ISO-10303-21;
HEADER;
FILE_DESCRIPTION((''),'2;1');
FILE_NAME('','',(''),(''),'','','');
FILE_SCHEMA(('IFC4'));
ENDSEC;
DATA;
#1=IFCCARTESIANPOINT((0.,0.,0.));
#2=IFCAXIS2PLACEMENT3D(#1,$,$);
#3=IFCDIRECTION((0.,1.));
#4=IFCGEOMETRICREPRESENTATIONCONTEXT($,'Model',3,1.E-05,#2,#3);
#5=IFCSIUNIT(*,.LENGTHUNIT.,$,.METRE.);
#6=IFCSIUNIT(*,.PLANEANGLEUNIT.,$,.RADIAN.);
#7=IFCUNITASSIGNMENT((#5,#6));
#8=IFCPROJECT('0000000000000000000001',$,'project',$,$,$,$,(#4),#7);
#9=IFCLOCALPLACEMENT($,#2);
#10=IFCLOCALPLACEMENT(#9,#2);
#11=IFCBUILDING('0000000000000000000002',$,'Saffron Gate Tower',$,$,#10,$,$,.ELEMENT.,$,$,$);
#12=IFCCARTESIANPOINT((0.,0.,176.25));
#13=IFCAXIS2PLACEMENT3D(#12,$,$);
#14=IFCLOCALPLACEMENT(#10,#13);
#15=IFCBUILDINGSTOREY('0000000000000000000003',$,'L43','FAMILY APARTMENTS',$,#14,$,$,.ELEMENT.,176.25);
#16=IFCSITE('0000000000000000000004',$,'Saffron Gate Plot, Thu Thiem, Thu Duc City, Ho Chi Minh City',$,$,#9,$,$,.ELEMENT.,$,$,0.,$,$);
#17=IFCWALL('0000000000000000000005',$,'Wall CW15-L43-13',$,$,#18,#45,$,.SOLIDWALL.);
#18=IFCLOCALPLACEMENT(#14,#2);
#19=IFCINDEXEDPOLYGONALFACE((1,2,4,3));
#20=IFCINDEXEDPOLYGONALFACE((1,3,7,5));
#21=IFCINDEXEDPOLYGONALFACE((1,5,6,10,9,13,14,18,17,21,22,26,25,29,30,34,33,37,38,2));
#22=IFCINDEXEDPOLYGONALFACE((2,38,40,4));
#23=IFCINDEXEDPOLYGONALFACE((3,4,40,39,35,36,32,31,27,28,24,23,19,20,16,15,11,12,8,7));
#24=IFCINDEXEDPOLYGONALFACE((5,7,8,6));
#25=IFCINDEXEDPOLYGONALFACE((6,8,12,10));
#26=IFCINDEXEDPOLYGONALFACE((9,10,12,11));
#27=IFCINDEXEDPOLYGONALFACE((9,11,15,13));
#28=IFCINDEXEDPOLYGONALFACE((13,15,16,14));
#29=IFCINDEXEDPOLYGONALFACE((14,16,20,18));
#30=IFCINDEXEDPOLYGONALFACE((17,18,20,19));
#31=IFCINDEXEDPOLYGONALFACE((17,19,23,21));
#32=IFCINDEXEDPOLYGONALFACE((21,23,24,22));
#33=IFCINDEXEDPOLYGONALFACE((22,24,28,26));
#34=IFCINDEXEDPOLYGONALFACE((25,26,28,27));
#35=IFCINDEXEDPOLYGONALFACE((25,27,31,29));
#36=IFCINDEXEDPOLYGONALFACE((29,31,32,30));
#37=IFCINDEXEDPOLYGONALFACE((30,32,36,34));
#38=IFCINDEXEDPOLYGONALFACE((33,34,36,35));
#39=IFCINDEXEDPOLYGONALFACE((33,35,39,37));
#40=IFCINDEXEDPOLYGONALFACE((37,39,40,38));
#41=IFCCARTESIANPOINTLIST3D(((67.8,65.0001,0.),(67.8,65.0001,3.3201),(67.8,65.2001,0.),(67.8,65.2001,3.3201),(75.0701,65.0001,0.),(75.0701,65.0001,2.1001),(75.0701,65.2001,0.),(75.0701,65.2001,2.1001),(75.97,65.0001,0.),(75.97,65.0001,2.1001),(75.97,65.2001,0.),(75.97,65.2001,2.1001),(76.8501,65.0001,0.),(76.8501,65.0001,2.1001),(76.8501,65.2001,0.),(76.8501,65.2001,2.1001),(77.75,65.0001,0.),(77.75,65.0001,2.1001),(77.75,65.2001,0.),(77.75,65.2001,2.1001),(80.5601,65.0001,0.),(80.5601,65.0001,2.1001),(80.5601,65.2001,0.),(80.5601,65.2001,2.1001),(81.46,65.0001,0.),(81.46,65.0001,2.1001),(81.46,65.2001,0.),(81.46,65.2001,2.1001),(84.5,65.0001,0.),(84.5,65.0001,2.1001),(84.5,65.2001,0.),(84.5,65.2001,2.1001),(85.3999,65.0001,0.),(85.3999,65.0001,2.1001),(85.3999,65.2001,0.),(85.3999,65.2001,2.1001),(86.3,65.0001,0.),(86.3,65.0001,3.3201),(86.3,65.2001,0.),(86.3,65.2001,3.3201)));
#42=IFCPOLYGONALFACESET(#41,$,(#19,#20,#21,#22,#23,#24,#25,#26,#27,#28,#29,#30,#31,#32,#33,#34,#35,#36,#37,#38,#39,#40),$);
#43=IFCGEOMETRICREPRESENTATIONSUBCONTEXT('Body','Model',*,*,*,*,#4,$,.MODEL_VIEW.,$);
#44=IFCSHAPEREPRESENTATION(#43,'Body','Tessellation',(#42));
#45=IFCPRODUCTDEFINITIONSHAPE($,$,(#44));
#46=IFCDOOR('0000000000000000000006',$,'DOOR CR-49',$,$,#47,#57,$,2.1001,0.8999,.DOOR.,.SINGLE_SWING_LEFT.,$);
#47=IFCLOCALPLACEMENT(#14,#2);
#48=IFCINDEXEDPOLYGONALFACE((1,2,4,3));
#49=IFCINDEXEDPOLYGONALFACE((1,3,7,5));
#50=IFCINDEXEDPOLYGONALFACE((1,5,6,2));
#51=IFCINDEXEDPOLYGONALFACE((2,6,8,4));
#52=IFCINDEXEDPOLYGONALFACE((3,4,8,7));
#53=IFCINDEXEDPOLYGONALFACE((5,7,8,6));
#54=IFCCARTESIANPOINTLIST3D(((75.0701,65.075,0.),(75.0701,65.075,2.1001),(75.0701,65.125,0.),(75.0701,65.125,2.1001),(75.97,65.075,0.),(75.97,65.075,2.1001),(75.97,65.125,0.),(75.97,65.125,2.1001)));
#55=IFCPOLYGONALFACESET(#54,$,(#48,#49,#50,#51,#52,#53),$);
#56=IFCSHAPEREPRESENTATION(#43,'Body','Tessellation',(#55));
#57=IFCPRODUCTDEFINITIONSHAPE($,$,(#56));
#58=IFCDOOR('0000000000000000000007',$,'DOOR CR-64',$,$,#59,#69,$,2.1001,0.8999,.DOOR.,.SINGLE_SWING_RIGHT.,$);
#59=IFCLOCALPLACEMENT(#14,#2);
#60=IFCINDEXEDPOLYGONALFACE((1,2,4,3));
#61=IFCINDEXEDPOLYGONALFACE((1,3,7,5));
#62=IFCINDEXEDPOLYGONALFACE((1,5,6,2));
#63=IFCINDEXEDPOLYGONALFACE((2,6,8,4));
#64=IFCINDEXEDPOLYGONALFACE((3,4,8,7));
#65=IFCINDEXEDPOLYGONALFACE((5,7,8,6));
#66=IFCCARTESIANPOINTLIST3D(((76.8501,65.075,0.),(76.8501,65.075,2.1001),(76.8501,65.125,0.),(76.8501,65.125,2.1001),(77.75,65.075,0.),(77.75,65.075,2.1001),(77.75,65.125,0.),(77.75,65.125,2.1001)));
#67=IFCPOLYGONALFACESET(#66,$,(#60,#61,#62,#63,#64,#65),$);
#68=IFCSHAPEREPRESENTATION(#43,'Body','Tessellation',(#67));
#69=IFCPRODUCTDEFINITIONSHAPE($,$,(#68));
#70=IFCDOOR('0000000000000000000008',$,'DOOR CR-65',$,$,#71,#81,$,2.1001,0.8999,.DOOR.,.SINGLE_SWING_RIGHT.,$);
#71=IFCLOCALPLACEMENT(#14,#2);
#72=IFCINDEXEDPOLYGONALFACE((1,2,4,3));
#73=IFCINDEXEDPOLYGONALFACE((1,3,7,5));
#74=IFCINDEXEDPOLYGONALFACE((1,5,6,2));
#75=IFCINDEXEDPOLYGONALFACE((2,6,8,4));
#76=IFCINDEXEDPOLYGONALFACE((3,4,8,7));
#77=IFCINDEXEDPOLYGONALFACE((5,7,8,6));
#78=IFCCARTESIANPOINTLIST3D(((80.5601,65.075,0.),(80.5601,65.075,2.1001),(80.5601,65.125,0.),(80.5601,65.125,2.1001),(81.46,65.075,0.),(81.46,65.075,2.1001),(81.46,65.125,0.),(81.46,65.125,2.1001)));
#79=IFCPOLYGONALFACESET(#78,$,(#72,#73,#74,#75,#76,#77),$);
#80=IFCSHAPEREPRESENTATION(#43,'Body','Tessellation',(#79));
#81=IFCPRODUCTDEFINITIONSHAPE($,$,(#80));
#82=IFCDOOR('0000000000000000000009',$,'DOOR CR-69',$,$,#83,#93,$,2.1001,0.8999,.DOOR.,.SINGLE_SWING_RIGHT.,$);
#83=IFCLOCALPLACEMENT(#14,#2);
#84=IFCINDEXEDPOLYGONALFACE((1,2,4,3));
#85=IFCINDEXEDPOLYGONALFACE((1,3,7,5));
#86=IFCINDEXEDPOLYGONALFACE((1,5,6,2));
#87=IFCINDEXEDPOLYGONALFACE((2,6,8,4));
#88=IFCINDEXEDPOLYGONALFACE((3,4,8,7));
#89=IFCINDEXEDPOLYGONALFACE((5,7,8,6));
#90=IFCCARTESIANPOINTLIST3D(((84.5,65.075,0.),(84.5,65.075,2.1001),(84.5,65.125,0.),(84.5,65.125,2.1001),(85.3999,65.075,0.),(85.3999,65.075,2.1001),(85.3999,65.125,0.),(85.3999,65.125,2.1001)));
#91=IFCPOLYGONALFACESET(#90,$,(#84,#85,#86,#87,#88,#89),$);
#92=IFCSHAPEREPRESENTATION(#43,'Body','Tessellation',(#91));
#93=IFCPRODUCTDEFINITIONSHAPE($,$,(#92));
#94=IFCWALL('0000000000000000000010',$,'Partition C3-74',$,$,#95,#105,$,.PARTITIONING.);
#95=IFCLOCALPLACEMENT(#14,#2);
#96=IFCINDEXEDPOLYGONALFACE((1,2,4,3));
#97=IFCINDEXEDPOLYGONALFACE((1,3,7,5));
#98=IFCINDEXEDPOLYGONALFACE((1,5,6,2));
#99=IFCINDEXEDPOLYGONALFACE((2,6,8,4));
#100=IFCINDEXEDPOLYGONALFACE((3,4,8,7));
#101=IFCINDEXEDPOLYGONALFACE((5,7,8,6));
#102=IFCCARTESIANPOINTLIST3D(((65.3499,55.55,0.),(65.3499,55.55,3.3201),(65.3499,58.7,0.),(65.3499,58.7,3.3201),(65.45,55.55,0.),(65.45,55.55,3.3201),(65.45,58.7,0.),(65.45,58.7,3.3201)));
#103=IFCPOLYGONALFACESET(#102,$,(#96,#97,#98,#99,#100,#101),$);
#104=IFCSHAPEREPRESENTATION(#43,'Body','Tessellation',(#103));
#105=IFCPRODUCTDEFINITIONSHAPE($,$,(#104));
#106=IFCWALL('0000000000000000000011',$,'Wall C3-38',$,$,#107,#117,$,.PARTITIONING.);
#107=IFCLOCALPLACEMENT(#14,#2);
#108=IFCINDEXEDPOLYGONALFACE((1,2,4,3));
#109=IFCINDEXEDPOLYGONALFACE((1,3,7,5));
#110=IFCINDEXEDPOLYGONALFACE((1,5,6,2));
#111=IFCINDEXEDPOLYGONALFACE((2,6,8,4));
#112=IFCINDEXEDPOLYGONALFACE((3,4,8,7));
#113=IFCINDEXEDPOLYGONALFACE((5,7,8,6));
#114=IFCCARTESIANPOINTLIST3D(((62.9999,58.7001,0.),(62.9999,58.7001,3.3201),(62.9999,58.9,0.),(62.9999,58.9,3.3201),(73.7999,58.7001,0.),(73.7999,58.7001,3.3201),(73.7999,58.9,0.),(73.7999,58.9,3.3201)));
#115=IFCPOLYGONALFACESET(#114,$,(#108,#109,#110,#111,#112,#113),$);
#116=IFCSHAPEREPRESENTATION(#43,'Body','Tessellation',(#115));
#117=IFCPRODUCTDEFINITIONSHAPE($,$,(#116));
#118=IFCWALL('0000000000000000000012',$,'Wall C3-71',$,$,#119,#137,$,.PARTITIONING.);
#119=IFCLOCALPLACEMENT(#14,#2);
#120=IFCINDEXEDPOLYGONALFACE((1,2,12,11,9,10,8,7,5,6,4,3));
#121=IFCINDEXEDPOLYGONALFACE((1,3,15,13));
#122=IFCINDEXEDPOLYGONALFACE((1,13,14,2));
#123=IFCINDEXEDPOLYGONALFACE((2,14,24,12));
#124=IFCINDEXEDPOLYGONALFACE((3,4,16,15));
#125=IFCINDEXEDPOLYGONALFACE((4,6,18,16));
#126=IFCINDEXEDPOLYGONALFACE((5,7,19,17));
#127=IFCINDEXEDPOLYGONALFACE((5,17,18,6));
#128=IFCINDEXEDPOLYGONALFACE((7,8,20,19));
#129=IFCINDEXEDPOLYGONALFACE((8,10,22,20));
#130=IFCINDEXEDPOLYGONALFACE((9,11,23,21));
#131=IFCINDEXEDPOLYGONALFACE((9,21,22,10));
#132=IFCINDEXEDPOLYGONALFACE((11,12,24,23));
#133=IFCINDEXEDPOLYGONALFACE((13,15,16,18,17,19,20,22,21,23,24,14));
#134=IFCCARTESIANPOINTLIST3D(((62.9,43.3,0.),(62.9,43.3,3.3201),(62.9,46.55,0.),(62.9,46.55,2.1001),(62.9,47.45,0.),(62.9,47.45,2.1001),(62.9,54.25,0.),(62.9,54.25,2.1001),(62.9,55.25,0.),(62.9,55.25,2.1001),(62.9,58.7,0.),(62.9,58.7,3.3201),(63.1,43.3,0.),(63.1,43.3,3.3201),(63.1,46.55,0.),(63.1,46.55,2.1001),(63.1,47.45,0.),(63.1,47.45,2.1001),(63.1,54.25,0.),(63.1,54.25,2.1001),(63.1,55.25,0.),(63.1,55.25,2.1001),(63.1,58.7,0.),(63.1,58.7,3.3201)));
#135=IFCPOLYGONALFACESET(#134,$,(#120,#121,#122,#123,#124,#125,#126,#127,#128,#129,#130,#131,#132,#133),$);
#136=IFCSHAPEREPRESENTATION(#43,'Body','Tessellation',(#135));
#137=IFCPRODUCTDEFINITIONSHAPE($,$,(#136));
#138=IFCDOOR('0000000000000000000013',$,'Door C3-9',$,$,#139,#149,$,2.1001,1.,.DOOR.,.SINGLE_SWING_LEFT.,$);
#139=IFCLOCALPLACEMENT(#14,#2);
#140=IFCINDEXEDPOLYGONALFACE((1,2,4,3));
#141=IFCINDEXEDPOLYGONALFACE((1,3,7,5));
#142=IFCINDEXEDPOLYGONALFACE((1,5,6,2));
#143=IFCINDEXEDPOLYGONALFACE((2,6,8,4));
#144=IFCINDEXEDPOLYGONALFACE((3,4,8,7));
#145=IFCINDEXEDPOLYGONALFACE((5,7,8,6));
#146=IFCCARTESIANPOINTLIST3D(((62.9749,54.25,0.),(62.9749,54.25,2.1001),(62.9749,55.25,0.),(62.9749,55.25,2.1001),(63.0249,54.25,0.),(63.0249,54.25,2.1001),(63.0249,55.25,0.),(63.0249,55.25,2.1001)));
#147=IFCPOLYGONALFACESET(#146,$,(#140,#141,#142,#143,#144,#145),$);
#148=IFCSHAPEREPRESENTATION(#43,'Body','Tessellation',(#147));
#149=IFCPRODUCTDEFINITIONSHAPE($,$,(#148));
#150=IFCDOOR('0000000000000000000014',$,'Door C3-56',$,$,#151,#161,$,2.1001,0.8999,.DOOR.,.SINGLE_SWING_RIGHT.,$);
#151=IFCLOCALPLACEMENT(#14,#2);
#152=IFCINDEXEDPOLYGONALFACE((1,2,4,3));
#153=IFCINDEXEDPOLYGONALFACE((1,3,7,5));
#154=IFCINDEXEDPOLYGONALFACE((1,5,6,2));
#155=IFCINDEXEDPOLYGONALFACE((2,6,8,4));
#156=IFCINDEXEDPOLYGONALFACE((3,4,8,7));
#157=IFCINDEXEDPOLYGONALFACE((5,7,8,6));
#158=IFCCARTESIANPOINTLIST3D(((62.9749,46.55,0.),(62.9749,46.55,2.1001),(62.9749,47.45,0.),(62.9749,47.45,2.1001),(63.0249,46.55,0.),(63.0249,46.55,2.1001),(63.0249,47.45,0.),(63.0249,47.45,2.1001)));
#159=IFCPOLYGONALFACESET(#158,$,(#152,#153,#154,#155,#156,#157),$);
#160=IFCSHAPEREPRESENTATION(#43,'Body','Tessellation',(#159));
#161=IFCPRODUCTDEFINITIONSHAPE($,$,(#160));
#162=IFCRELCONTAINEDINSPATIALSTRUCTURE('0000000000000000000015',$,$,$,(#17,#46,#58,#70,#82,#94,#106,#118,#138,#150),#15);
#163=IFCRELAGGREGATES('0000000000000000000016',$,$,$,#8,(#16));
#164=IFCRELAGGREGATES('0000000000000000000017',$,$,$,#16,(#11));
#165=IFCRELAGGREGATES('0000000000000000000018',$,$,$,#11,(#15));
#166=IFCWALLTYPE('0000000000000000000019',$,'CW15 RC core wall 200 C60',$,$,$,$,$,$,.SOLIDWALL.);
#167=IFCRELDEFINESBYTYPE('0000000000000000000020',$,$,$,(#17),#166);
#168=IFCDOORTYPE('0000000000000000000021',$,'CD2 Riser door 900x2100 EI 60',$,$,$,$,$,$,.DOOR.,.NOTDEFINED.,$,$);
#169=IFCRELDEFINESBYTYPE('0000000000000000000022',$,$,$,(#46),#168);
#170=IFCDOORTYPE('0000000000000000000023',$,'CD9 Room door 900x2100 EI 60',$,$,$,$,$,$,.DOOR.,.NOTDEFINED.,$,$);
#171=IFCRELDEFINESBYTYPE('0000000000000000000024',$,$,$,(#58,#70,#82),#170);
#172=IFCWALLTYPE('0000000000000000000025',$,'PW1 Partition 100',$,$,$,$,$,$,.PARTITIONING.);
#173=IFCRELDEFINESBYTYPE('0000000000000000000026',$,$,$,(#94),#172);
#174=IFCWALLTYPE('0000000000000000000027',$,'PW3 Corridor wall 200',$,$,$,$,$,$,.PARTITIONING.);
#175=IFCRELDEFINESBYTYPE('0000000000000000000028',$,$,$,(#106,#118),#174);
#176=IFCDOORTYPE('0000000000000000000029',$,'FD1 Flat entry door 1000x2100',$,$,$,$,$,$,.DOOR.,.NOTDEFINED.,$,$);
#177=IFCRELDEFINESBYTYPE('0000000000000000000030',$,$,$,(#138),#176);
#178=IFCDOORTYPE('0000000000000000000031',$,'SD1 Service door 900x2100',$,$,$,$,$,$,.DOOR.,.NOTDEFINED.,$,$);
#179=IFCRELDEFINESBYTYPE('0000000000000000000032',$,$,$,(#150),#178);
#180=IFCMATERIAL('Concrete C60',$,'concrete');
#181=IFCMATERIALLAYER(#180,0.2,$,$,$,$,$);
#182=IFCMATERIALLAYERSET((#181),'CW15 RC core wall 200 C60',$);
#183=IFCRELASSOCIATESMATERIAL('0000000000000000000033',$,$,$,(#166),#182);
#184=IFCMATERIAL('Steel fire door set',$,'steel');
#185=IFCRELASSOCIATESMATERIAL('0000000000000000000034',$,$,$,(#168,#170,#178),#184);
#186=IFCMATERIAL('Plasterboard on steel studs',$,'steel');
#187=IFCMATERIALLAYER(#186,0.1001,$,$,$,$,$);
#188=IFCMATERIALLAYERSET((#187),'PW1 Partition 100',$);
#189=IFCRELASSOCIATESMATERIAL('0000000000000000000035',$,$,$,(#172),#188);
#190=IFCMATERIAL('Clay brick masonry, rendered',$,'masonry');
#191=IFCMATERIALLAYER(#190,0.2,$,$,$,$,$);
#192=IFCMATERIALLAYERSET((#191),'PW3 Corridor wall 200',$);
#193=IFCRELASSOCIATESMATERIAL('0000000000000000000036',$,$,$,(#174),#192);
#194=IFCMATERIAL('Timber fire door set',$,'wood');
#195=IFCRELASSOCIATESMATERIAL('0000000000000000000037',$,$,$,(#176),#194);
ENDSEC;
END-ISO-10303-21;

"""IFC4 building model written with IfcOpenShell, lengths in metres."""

from ifc_helpers import new_model, si_unit, direction, frame, frame_2d, origin, place, context, subcontext, project, spatial, rectangle, extrude, material, layer, layer_set, type_object, element, fill, save


model = new_model("IFC4")

# Units and contexts
model_context = context("Model", 3, precision=1e-05, world=origin(), true_north=direction((0.0, 1.0)))
body_context = subcontext(model_context, "Body", "Model", "MODEL_VIEW")
ifc_project = project(units=[si_unit("LENGTHUNIT", "METRE"), si_unit("PLANEANGLEUNIT", "RADIAN")], contexts=[model_context])

# Site, building, storey
site_placement = place(None, origin())
site = spatial("IfcSite", under=ifc_project, at=site_placement, Name="Saffron Gate Plot, Thu Thiem, Thu Duc City, Ho Chi Minh City", CompositionType="ELEMENT", RefElevation=0.0)
building_placement = place(site_placement, origin())
building = spatial("IfcBuilding", under=site, at=building_placement, Name="Saffron Gate Tower", CompositionType="ELEMENT")
storey_placement = place(building_placement, frame((0.0, 0.0, 176.25)))
storey = spatial("IfcBuildingStorey", under=building, at=storey_placement, Name="L43", Description="FAMILY APARTMENTS", CompositionType="ELEMENT", Elevation=176.25)

# Shared definitions
ifc_material_1 = material(Name="Concrete C60", Category="concrete")
ifc_material_2 = material(Name="Steel fire door set", Category="steel")

# Wall, openings, doors
ifc_layer_1 = layer(ifc_material_1, 0.2)
ifc_layer_set_1 = layer_set([ifc_layer_1], Name="CW15 RC core wall 200 C60")
wall_type_1 = type_object("IfcWallType", Name="CW15 RC core wall 200 C60", PredefinedType="SOLIDWALL", material=ifc_layer_set_1)
wall_1_placement = place(storey_placement, frame((67.8, 65.1001, 0.0), z_axis=(0.0, 0.0, 1.0), x_axis=(1.0, 0.0, 0.0)))
wall_1 = element("IfcWall", 1, at=wall_1_placement, inside=storey, type_object=wall_type_1, Name="Wall CW15-L43-13", PredefinedType="SOLIDWALL", context=body_context, shape_type="SweptSolid", body=[
    extrude(rectangle(XDim=18.5, YDim=0.2, at=frame_2d((9.25, 0.0))), origin(), (0.0, 0.0, 1.0), 3.3201),
])
opening_1_placement = place(wall_1_placement, frame((7.27, 0.0, 0.0)))
opening_1 = element("IfcOpeningElement", 2, at=opening_1_placement, cuts=wall_1, PredefinedType="OPENING", context=body_context, shape_type="SweptSolid", body=[
    extrude(rectangle(XDim=0.8999, YDim=2.1001, at=frame_2d((0.45, 1.05))), frame((0.0, 0.1099, 0.0), z_axis=(0.0, -1.0, 0.0), x_axis=(1.0, 0.0, 0.0)), (0.0, 0.0, 1.0), 0.22),
])
opening_2_placement = place(wall_1_placement, frame((9.05, 0.0, 0.0)))
opening_2 = element("IfcOpeningElement", 3, at=opening_2_placement, cuts=wall_1, PredefinedType="OPENING", context=body_context, shape_type="SweptSolid", body=[
    extrude(rectangle(XDim=0.8999, YDim=2.1001, at=frame_2d((0.45, 1.05))), frame((0.0, 0.1099, 0.0), z_axis=(0.0, -1.0, 0.0), x_axis=(1.0, 0.0, 0.0)), (0.0, 0.0, 1.0), 0.22),
])
opening_3_placement = place(wall_1_placement, frame((12.76, 0.0, 0.0)))
opening_3 = element("IfcOpeningElement", 4, at=opening_3_placement, cuts=wall_1, PredefinedType="OPENING", context=body_context, shape_type="SweptSolid", body=[
    extrude(rectangle(XDim=0.8999, YDim=2.1001, at=frame_2d((0.45, 1.05))), frame((0.0, 0.1099, 0.0), z_axis=(0.0, -1.0, 0.0), x_axis=(1.0, 0.0, 0.0)), (0.0, 0.0, 1.0), 0.22),
])
opening_4_placement = place(wall_1_placement, frame((16.7, 0.0, 0.0)))
opening_4 = element("IfcOpeningElement", 5, at=opening_4_placement, cuts=wall_1, PredefinedType="OPENING", context=body_context, shape_type="SweptSolid", body=[
    extrude(rectangle(XDim=0.8999, YDim=2.1001, at=frame_2d((0.45, 1.05))), frame((0.0, 0.1099, 0.0), z_axis=(0.0, -1.0, 0.0), x_axis=(1.0, 0.0, 0.0)), (0.0, 0.0, 1.0), 0.22),
])
door_type_1 = type_object("IfcDoorType", Name="CD2 Riser door 900x2100 EI 60", OperationType="NOTDEFINED", PredefinedType="DOOR", material=ifc_material_2)
door_1_placement = place(opening_1_placement, origin())
door_1 = element("IfcDoor", 6, at=door_1_placement, inside=storey, type_object=door_type_1, Name="DOOR CR-49", OperationType="SINGLE_SWING_LEFT", OverallHeight=2.1001, OverallWidth=0.8999, PredefinedType="DOOR", context=body_context, shape_type="SweptSolid", body=[
    extrude(rectangle(XDim=0.8999, YDim=2.1001, at=frame_2d((0.45, 1.05))), frame((0.0, 0.0249, 0.0), z_axis=(0.0, -1.0, 0.0), x_axis=(1.0, 0.0, 0.0)), (0.0, 0.0, 1.0), 0.05),
])
fill(opening_1, door_1)
door_type_2 = type_object("IfcDoorType", Name="CD9 Room door 900x2100 EI 60", OperationType="NOTDEFINED", PredefinedType="DOOR", material=ifc_material_2)
door_2_placement = place(opening_2_placement, origin())
door_2 = element("IfcDoor", 7, at=door_2_placement, inside=storey, type_object=door_type_2, Name="DOOR CR-64", OperationType="SINGLE_SWING_RIGHT", OverallHeight=2.1001, OverallWidth=0.8999, PredefinedType="DOOR", context=body_context, shape_type="SweptSolid", body=[
    extrude(rectangle(XDim=0.8999, YDim=2.1001, at=frame_2d((0.45, 1.05))), frame((0.0, 0.0249, 0.0), z_axis=(0.0, -1.0, 0.0), x_axis=(1.0, 0.0, 0.0)), (0.0, 0.0, 1.0), 0.05),
])
fill(opening_2, door_2)
door_3_placement = place(opening_3_placement, origin())
door_3 = element("IfcDoor", 8, at=door_3_placement, inside=storey, type_object=door_type_2, Name="DOOR CR-65", OperationType="SINGLE_SWING_RIGHT", OverallHeight=2.1001, OverallWidth=0.8999, PredefinedType="DOOR", context=body_context, shape_type="SweptSolid", body=[
    extrude(rectangle(XDim=0.8999, YDim=2.1001, at=frame_2d((0.45, 1.05))), frame((0.0, 0.0249, 0.0), z_axis=(0.0, -1.0, 0.0), x_axis=(1.0, 0.0, 0.0)), (0.0, 0.0, 1.0), 0.05),
])
fill(opening_3, door_3)
door_4_placement = place(opening_4_placement, origin())
door_4 = element("IfcDoor", 9, at=door_4_placement, inside=storey, type_object=door_type_2, Name="DOOR CR-69", OperationType="SINGLE_SWING_RIGHT", OverallHeight=2.1001, OverallWidth=0.8999, PredefinedType="DOOR", context=body_context, shape_type="SweptSolid", body=[
    extrude(rectangle(XDim=0.8999, YDim=2.1001, at=frame_2d((0.45, 1.05))), frame((0.0, 0.0249, 0.0), z_axis=(0.0, -1.0, 0.0), x_axis=(1.0, 0.0, 0.0)), (0.0, 0.0, 1.0), 0.05),
])
fill(opening_4, door_4)

# Walls
ifc_material_3 = material(Name="Plasterboard on steel studs", Category="steel")
ifc_layer_2 = layer(ifc_material_3, 0.1001)
ifc_layer_set_2 = layer_set([ifc_layer_2], Name="PW1 Partition 100")
wall_type_2 = type_object("IfcWallType", Name="PW1 Partition 100", PredefinedType="PARTITIONING", material=ifc_layer_set_2)
wall_2_placement = place(storey_placement, frame((65.3999, 58.7, 0.0), z_axis=(0.0, 0.0, 1.0), x_axis=(0.0, -1.0, 0.0)))
element("IfcWall", 10, at=wall_2_placement, inside=storey, type_object=wall_type_2, Name="Partition C3-74", PredefinedType="PARTITIONING", context=body_context, shape_type="SweptSolid", body=[
    extrude(rectangle(XDim=3.1499, YDim=0.1001, at=frame_2d((1.575, 0.0))), origin(), (0.0, 0.0, 1.0), 3.3201),
])
ifc_material_4 = material(Name="Clay brick masonry, rendered", Category="masonry")
ifc_layer_3 = layer(ifc_material_4, 0.2)
ifc_layer_set_3 = layer_set([ifc_layer_3], Name="PW3 Corridor wall 200")
wall_type_3 = type_object("IfcWallType", Name="PW3 Corridor wall 200", PredefinedType="PARTITIONING", material=ifc_layer_set_3)
wall_3_placement = place(storey_placement, frame((63.0, 58.8, 0.0), z_axis=(0.0, 0.0, 1.0), x_axis=(1.0, 0.0, 0.0)))
element("IfcWall", 11, at=wall_3_placement, inside=storey, type_object=wall_type_3, Name="Wall C3-38", PredefinedType="PARTITIONING", context=body_context, shape_type="SweptSolid", body=[
    extrude(rectangle(XDim=10.8, YDim=0.2, at=frame_2d((5.3999, 0.0))), origin(), (0.0, 0.0, 1.0), 3.3201),
])

# Wall, openings, doors
wall_4_placement = place(storey_placement, frame((63.0, 58.7, 0.0), z_axis=(0.0, 0.0, 1.0), x_axis=(0.0, -1.0, 0.0)))
wall_4 = element("IfcWall", 12, at=wall_4_placement, inside=storey, type_object=wall_type_3, Name="Wall C3-71", PredefinedType="PARTITIONING", context=body_context, shape_type="SweptSolid", body=[
    extrude(rectangle(XDim=15.3999, YDim=0.2, at=frame_2d((7.7, 0.0))), origin(), (0.0, 0.0, 1.0), 3.3201),
])
opening_5_placement = place(wall_4_placement, frame((3.45, 0.0, 0.0)))
opening_5 = element("IfcOpeningElement", 13, at=opening_5_placement, cuts=wall_4, PredefinedType="OPENING", context=body_context, shape_type="SweptSolid", body=[
    extrude(rectangle(XDim=1.0, YDim=2.1001, at=frame_2d((0.5, 1.05))), frame((0.0, 0.1099, 0.0), z_axis=(0.0, -1.0, 0.0), x_axis=(1.0, 0.0, 0.0)), (0.0, 0.0, 1.0), 0.22),
])
opening_6_placement = place(wall_4_placement, frame((11.25, 0.0, 0.0)))
opening_6 = element("IfcOpeningElement", 14, at=opening_6_placement, cuts=wall_4, PredefinedType="OPENING", context=body_context, shape_type="SweptSolid", body=[
    extrude(rectangle(XDim=0.8999, YDim=2.1001, at=frame_2d((0.45, 1.05))), frame((0.0, 0.1099, 0.0), z_axis=(0.0, -1.0, 0.0), x_axis=(1.0, 0.0, 0.0)), (0.0, 0.0, 1.0), 0.22),
])
ifc_material_5 = material(Name="Timber fire door set", Category="wood")
door_type_3 = type_object("IfcDoorType", Name="FD1 Flat entry door 1000x2100", OperationType="NOTDEFINED", PredefinedType="DOOR", material=ifc_material_5)
door_5_placement = place(opening_5_placement, origin())
door_5 = element("IfcDoor", 15, at=door_5_placement, inside=storey, type_object=door_type_3, Name="Door C3-9", OperationType="SINGLE_SWING_LEFT", OverallHeight=2.1001, OverallWidth=1.0, PredefinedType="DOOR", context=body_context, shape_type="SweptSolid", body=[
    extrude(rectangle(XDim=1.0, YDim=2.1001, at=frame_2d((0.5, 1.05))), frame((0.0, 0.0249, 0.0), z_axis=(0.0, -1.0, 0.0), x_axis=(1.0, 0.0, 0.0)), (0.0, 0.0, 1.0), 0.05),
])
fill(opening_5, door_5)
door_type_4 = type_object("IfcDoorType", Name="SD1 Service door 900x2100", OperationType="NOTDEFINED", PredefinedType="DOOR", material=ifc_material_2)
door_6_placement = place(opening_6_placement, origin())
door_6 = element("IfcDoor", 16, at=door_6_placement, inside=storey, type_object=door_type_4, Name="Door C3-56", OperationType="SINGLE_SWING_RIGHT", OverallHeight=2.1001, OverallWidth=0.8999, PredefinedType="DOOR", context=body_context, shape_type="SweptSolid", body=[
    extrude(rectangle(XDim=0.8999, YDim=2.1001, at=frame_2d((0.45, 1.05))), frame((0.0, 0.0249, 0.0), z_axis=(0.0, -1.0, 0.0), x_axis=(1.0, 0.0, 0.0)), (0.0, 0.0, 1.0), 0.05),
])
fill(opening_6, door_6)

save(model, "model.ifc")
